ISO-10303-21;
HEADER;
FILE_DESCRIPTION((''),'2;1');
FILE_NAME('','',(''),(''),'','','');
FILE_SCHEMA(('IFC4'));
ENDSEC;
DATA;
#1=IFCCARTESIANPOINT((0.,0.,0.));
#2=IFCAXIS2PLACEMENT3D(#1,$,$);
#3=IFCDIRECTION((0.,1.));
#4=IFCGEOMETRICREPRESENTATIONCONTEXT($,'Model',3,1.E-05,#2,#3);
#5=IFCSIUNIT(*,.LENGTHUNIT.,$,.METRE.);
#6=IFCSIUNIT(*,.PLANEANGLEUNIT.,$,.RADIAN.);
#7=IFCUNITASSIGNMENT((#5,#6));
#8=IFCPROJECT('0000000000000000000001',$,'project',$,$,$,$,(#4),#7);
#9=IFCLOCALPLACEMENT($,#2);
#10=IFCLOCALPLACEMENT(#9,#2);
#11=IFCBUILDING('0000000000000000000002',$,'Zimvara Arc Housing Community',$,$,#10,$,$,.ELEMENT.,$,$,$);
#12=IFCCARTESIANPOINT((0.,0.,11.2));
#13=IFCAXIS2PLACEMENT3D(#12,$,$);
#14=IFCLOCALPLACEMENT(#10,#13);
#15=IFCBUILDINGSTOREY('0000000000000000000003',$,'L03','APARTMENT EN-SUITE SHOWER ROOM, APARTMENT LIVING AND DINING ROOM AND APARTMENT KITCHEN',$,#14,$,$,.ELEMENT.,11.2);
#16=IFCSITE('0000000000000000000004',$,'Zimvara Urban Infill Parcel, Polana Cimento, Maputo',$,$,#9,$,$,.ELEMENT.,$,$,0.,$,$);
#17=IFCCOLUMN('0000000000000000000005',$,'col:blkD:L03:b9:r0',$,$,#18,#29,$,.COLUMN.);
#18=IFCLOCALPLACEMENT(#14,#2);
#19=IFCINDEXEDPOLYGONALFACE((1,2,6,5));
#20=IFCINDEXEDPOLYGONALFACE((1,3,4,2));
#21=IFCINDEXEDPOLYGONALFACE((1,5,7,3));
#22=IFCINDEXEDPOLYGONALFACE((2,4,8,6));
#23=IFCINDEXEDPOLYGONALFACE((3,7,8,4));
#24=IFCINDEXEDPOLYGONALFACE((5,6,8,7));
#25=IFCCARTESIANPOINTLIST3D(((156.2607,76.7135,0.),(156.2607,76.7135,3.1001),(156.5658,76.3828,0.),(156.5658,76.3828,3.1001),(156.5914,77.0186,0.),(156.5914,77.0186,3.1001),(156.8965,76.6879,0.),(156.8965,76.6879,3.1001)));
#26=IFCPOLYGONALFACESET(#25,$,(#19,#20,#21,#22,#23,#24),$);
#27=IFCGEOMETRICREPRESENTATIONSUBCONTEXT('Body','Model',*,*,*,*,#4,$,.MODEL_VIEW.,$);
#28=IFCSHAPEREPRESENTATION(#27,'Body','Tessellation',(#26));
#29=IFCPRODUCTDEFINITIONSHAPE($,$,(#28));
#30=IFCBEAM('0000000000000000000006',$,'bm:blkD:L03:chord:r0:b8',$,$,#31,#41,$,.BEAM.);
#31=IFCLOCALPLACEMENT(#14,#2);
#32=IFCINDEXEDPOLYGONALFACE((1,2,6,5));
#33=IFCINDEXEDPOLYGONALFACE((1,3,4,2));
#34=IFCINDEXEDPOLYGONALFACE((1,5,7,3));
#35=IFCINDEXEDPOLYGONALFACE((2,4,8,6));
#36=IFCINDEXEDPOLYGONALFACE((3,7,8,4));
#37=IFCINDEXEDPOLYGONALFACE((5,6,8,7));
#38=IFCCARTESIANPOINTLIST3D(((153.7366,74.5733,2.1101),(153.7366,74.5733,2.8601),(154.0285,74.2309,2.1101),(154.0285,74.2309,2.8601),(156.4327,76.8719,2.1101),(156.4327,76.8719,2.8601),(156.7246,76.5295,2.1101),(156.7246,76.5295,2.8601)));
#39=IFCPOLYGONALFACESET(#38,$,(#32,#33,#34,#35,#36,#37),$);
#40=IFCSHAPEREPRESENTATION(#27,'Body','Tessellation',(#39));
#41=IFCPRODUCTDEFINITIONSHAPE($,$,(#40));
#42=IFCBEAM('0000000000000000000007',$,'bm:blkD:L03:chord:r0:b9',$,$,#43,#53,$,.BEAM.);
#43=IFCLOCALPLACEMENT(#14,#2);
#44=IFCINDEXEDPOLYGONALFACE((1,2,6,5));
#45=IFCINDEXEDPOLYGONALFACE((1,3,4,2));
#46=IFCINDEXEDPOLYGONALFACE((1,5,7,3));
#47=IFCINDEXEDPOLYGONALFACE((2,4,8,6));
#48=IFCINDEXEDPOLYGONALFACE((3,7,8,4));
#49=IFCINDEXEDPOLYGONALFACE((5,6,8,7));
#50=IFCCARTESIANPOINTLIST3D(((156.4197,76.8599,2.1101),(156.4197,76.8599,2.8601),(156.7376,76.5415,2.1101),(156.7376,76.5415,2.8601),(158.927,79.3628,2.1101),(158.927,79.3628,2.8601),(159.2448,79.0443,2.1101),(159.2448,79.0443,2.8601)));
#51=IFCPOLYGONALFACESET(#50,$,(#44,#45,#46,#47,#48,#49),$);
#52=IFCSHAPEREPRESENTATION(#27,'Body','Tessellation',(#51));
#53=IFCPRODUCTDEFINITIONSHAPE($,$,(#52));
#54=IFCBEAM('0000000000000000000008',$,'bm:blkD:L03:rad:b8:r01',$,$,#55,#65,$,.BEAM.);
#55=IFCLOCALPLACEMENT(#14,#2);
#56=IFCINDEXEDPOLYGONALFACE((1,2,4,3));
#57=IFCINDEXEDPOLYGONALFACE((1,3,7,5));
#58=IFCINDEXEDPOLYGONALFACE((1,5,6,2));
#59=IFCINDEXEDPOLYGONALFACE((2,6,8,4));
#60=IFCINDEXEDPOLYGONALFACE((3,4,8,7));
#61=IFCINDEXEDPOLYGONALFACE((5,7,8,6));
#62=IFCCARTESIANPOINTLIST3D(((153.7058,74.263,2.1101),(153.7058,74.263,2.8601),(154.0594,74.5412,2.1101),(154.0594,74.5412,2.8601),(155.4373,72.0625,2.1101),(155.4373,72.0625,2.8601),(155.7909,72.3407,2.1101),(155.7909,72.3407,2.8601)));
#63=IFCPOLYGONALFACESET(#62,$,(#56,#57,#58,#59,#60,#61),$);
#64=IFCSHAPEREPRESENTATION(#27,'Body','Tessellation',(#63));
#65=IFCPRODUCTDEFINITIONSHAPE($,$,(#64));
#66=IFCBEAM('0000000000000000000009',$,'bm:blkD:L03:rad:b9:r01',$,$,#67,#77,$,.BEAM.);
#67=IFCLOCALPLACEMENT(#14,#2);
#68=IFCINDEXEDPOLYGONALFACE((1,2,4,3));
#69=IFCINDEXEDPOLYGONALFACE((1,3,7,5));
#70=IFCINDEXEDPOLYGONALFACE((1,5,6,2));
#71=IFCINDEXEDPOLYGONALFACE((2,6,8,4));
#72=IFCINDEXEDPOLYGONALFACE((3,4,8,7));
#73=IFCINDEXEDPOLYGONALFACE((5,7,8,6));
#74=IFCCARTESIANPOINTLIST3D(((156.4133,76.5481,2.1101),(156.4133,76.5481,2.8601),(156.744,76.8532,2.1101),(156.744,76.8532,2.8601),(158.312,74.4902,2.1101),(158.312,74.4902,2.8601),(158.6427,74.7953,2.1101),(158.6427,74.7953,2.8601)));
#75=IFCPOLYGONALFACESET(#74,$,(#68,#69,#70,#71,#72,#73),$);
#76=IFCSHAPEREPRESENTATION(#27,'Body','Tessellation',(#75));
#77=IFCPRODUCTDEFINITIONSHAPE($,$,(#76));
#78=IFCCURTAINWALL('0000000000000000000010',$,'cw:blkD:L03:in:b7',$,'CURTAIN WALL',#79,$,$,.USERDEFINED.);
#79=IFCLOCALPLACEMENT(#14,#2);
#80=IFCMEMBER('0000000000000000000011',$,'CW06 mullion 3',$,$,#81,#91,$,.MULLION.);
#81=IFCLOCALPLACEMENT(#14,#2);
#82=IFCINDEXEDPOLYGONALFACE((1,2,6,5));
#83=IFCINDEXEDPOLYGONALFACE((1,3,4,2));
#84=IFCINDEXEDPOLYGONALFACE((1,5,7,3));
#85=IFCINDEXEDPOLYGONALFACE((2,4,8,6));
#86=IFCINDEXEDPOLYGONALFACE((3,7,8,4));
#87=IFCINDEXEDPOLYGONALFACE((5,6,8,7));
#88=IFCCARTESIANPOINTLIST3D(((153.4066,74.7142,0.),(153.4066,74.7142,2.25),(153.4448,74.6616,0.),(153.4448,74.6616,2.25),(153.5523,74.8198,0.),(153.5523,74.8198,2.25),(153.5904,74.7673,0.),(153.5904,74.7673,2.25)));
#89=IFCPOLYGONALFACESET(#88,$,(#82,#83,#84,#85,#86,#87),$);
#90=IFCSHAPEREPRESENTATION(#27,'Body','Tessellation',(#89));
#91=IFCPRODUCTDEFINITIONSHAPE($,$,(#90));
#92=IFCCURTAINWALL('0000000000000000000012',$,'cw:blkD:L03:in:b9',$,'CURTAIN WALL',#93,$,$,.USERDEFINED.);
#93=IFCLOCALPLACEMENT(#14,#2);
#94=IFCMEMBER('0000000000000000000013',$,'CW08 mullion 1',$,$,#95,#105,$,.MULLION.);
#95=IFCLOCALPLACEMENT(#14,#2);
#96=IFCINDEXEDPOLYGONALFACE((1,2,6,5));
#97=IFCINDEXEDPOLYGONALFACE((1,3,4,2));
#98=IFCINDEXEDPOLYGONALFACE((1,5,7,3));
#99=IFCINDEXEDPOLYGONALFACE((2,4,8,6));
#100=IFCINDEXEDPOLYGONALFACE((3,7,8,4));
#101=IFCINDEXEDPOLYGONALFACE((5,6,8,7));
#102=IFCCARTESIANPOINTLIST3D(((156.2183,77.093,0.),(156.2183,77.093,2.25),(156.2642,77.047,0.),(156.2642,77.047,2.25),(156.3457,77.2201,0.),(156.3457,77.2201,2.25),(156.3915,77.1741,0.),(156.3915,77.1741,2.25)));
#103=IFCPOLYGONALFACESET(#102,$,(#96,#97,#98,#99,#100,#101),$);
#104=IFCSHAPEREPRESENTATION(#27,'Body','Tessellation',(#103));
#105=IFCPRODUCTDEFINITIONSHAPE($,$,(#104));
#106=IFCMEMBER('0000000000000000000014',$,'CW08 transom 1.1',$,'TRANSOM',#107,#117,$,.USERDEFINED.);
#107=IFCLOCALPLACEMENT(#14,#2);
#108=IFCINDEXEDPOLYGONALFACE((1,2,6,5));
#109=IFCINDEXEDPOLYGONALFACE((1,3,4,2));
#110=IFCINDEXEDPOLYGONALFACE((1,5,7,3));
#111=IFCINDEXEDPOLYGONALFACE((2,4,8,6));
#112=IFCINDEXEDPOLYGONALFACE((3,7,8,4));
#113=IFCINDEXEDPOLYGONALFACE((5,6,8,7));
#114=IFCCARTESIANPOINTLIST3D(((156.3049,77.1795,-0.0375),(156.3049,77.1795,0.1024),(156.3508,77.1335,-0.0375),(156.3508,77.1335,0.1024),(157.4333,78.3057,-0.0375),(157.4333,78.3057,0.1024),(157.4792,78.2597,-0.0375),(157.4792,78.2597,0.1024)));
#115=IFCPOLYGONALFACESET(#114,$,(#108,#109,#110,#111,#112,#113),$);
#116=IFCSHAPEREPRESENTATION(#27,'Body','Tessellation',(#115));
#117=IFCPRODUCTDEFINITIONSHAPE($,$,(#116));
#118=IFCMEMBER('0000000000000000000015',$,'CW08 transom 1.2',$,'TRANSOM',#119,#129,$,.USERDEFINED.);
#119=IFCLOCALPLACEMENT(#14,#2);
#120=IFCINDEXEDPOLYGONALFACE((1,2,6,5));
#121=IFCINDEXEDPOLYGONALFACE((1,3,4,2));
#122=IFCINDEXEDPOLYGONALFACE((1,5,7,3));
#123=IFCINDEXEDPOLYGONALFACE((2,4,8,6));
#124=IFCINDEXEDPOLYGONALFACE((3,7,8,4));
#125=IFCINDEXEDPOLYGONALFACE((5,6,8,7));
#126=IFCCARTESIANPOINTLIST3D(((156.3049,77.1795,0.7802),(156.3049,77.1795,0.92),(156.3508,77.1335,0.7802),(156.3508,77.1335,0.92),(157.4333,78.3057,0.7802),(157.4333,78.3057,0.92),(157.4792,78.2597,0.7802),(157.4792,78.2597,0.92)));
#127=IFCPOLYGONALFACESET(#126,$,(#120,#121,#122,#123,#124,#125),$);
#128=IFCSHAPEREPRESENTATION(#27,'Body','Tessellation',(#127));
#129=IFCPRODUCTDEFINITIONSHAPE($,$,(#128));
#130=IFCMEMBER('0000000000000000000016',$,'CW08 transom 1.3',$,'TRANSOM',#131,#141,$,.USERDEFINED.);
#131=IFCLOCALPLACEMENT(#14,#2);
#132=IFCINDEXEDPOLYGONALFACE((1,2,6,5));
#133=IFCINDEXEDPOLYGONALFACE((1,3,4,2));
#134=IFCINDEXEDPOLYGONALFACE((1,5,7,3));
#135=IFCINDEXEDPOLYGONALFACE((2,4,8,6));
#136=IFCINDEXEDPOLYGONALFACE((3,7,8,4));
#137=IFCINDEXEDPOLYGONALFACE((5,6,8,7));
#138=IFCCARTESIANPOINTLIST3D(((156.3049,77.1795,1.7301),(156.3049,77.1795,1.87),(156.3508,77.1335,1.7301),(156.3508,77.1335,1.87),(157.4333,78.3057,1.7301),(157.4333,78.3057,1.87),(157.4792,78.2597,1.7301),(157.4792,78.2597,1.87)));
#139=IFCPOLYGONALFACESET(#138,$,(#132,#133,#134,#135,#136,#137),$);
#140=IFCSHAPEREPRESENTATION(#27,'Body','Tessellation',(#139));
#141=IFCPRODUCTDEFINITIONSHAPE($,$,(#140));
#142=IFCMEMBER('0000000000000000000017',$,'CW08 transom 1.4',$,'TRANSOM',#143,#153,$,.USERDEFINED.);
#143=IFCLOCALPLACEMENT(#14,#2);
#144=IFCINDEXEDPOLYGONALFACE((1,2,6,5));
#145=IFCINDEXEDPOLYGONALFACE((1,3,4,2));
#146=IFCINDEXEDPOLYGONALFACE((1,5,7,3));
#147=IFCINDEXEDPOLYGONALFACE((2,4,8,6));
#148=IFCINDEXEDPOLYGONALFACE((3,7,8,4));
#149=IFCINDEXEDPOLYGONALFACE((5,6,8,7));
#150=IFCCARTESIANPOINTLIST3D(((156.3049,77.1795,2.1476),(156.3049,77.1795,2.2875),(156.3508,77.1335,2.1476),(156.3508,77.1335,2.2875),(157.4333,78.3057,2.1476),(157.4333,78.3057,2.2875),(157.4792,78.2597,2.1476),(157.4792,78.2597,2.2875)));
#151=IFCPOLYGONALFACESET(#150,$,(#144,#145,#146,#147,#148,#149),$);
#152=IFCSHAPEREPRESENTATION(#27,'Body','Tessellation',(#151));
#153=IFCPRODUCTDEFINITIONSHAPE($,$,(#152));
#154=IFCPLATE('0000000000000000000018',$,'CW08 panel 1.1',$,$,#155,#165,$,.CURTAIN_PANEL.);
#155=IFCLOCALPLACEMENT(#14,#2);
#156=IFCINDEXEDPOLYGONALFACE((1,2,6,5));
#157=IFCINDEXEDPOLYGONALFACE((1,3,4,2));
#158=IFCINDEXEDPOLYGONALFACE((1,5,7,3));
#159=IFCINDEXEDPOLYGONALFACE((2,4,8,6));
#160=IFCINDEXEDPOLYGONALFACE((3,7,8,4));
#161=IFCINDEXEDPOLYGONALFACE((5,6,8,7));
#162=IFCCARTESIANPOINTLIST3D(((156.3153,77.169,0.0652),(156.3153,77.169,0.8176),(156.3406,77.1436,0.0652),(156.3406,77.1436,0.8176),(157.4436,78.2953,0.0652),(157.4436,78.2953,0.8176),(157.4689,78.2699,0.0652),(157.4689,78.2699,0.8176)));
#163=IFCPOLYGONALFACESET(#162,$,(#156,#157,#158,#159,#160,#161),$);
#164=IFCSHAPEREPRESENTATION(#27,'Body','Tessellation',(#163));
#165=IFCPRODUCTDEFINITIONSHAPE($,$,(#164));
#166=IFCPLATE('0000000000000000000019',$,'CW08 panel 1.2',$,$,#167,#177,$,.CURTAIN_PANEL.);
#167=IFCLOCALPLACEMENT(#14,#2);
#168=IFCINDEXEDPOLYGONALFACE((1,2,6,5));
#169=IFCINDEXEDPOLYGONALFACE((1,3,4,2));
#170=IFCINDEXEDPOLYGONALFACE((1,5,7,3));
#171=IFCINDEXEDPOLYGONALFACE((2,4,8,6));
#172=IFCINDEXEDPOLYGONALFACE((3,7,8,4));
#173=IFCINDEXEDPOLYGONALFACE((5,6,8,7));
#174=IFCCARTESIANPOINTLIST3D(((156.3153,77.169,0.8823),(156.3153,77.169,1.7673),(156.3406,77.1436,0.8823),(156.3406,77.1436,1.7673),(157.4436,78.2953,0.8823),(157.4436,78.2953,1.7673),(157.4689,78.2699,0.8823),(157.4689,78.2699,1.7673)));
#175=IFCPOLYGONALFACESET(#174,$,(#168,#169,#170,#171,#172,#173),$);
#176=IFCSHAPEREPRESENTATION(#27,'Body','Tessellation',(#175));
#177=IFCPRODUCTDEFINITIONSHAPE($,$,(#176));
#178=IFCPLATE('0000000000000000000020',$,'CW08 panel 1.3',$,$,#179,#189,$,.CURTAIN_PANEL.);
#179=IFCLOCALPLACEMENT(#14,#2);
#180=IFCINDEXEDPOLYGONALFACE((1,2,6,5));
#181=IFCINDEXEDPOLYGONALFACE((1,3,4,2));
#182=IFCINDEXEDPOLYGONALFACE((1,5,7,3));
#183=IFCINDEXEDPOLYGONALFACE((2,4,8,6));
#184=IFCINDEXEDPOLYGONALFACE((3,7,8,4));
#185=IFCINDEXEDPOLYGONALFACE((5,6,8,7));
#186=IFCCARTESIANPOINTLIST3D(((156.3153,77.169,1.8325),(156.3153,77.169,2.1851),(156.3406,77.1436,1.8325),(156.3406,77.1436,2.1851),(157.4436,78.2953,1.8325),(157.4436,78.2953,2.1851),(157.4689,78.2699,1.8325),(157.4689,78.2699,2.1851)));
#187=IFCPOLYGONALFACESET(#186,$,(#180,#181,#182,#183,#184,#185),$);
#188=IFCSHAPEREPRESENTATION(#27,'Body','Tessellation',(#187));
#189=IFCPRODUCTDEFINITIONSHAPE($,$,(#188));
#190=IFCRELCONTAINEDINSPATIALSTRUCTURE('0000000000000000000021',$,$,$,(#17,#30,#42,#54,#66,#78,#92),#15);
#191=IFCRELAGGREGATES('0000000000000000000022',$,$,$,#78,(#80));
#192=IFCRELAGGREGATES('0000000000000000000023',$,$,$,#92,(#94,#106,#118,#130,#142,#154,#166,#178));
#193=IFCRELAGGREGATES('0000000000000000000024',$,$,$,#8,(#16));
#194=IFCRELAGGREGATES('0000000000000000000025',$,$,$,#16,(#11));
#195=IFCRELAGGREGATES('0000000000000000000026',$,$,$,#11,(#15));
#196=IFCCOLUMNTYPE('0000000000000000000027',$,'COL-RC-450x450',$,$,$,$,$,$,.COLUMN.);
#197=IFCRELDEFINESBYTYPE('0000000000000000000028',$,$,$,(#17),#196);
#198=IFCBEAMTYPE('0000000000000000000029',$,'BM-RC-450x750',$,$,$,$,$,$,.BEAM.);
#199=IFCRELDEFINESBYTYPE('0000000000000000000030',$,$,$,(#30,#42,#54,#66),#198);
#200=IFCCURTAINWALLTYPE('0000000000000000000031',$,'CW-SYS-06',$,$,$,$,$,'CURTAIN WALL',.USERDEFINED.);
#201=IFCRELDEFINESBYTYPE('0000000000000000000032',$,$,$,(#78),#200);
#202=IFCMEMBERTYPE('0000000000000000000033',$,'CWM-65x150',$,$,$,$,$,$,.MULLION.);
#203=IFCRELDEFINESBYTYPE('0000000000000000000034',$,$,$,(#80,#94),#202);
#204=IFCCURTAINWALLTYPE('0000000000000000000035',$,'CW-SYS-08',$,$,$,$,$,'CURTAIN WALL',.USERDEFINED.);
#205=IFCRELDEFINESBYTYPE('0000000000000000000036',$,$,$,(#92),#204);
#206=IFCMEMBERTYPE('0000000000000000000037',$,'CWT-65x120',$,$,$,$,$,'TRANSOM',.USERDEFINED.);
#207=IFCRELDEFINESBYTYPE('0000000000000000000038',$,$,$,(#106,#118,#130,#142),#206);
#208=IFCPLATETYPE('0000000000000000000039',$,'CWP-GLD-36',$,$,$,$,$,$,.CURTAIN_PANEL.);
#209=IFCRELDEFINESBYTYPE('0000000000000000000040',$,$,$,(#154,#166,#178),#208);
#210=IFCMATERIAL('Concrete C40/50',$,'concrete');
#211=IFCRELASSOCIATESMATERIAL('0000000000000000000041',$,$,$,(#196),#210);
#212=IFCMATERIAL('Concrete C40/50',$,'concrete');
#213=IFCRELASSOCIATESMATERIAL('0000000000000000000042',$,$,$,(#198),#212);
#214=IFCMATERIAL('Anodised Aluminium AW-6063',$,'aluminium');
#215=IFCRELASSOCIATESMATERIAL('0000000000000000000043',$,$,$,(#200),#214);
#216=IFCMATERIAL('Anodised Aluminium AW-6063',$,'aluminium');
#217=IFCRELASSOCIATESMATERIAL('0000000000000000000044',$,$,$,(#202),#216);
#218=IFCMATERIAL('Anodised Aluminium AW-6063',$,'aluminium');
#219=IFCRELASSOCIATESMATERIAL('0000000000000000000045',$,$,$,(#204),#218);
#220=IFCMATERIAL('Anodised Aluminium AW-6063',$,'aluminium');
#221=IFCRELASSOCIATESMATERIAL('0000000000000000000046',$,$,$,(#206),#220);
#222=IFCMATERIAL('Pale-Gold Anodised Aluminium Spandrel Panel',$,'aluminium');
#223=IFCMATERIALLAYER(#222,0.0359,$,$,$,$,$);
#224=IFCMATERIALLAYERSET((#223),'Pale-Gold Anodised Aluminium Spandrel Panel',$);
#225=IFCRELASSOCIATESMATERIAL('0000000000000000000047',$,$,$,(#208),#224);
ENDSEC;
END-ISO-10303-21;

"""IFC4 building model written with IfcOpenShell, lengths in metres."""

from ifc_helpers import new_model, si_unit, direction, frame, origin, origin_2d, place, context, subcontext, project, spatial, rectangle, extrude, material, layer, layer_set, material_profile, profile_set, type_object, element, aggregate, save


model = new_model("IFC4")

# Units and contexts
model_context = context("Model", 3, precision=1e-05, world=origin(), true_north=direction((0.0, 1.0)))
body_context = subcontext(model_context, "Body", "Model", "MODEL_VIEW")
ifc_project = project(units=[si_unit("LENGTHUNIT", "METRE"), si_unit("PLANEANGLEUNIT", "RADIAN")], contexts=[model_context])

# Site, building, storey
site_placement = place(None, origin())
site = spatial("IfcSite", under=ifc_project, at=site_placement, Name="Zimvara Urban Infill Parcel, Polana Cimento, Maputo", CompositionType="ELEMENT", RefElevation=0.0)
building_placement = place(site_placement, origin())
building = spatial("IfcBuilding", under=site, at=building_placement, Name="Zimvara Arc Housing Community", CompositionType="ELEMENT")
storey_placement = place(building_placement, frame((0.0, 0.0, 11.2)))
storey = spatial("IfcBuildingStorey", under=building, at=storey_placement, Name="L03", Description="APARTMENT EN-SUITE SHOWER ROOM, APARTMENT LIVING AND DINING ROOM AND APARTMENT KITCHEN", CompositionType="ELEMENT", Elevation=11.2)

# Column
ifc_material_1 = material(Name="Concrete C40/50", Category="concrete")
ifc_material_profile_1 = material_profile(ifc_material_1, rectangle(XDim=0.45, YDim=0.45, at=origin_2d()), Name="RC 450x450")
ifc_profile_set_1 = profile_set([ifc_material_profile_1], Name="Concrete C40/50")
column_type = type_object("IfcColumnType", Name="COL-RC-450x450", PredefinedType="COLUMN", material=ifc_profile_set_1)
column_placement = place(storey_placement, frame((156.5786, 76.7007, 0.0), z_axis=(0.0, 0.0, 1.0), x_axis=(0.67816, -0.734915, 0.0)))
element("IfcColumn", 1, at=column_placement, inside=storey, type_object=column_type, Name="col:blkD:L03:b9:r0", PredefinedType="COLUMN", context=body_context, shape_type="SweptSolid", body=[
    extrude(rectangle(XDim=0.45, YDim=0.45, at=origin_2d()), origin(), (0.0, 0.0, 1.0), 3.1001),
])

# Beams
ifc_material_2 = material(Name="Concrete C40/50", Category="concrete")
ifc_material_profile_2 = material_profile(ifc_material_2, rectangle(XDim=0.45, YDim=0.75, at=origin_2d()), Name="RC 450x750")
ifc_profile_set_2 = profile_set([ifc_material_profile_2], Name="Concrete C40/50")
beam_type = type_object("IfcBeamType", Name="BM-RC-450x750", PredefinedType="BEAM", material=ifc_profile_set_2)
beam_1_placement = place(storey_placement, frame((153.8826, 74.4021, 2.4851), z_axis=(0.760971, 0.648786, 0.0), x_axis=(-0.648786, 0.760971, 0.0)))
element("IfcBeam", 2, at=beam_1_placement, inside=storey, type_object=beam_type, Name="bm:blkD:L03:chord:r0:b8", PredefinedType="BEAM", context=body_context, shape_type="SweptSolid", body=[
    extrude(rectangle(XDim=0.45, YDim=0.75, at=origin_2d()), origin(), (0.0, 0.0, 1.0), 3.543),
])
beam_2_placement = place(storey_placement, frame((156.5786, 76.7007, 2.4851), z_axis=(0.707727, 0.706486, 0.0), x_axis=(-0.706486, 0.707727, 0.0)))
element("IfcBeam", 3, at=beam_2_placement, inside=storey, type_object=beam_type, Name="bm:blkD:L03:chord:r0:b9", PredefinedType="BEAM", context=body_context, shape_type="SweptSolid", body=[
    extrude(rectangle(XDim=0.45, YDim=0.75, at=origin_2d()), origin(), (0.0, 0.0, 1.0), 3.5427),
])
for number, where, z_axis, x_axis, name in (
    (4, (153.8826, 74.4021, 2.4851), (0.61838, -0.785879, 0.0), (0.785879, 0.61838, 0.0), "bm:blkD:L03:rad:b8:r01"),
    (5, (156.5786, 76.7007, 2.4851), (0.67811, -0.734961, 0.0), (0.734961, 0.67811, 0.0), "bm:blkD:L03:rad:b9:r01"),
):
    element("IfcBeam", number, at=place(storey_placement, frame(where, z_axis=z_axis, x_axis=x_axis)), inside=storey, type_object=beam_type, Name=name, PredefinedType="BEAM", context=body_context, shape_type="SweptSolid", body=[
        extrude(rectangle(XDim=0.45, YDim=0.75, at=origin_2d()), origin(), (0.0, 0.0, 1.0), 2.8),
    ])

# Curtain wall, member
ifc_material_3 = material(Name="Anodised Aluminium AW-6063", Category="aluminium")
curtain_wall_type_1 = type_object("IfcCurtainWallType", Name="CW-SYS-06", ElementType="CURTAIN WALL", PredefinedType="USERDEFINED", material=ifc_material_3)
curtain_wall_1_placement = place(storey_placement, origin())
curtain_wall_1 = element("IfcCurtainWall", 6, at=curtain_wall_1_placement, inside=storey, type_object=curtain_wall_type_1, Name="cw:blkD:L03:in:b7", ObjectType="CURTAIN WALL", PredefinedType="USERDEFINED")
ifc_material_4 = material(Name="Anodised Aluminium AW-6063", Category="aluminium")
ifc_material_profile_3 = material_profile(ifc_material_4, rectangle(XDim=0.0649, YDim=0.1799, at=origin_2d()), Name="ALU 65x180")
ifc_profile_set_3 = profile_set([ifc_material_profile_3], Name="Anodised Aluminium AW-6063")
member_type_1 = type_object("IfcMemberType", Name="CWM-65x150", PredefinedType="MULLION", material=ifc_profile_set_3)
member_1_placement = place(storey_placement, frame((153.4985, 74.7407, 0.0), z_axis=(0.0, 0.0, 1.0), x_axis=(-0.587079, 0.809529, 0.0)))
member_1 = element("IfcMember", 7, at=member_1_placement, type_object=member_type_1, Name="CW06 mullion 3", PredefinedType="MULLION", context=body_context, shape_type="SweptSolid", body=[
    extrude(rectangle(XDim=0.0649, YDim=0.1799, at=origin_2d()), origin(), (0.0, 0.0, 1.0), 2.25),
])
aggregate(curtain_wall_1, [member_1])

# Curtain wall, members, plates
ifc_material_5 = material(Name="Anodised Aluminium AW-6063", Category="aluminium")
curtain_wall_type_2 = type_object("IfcCurtainWallType", Name="CW-SYS-08", ElementType="CURTAIN WALL", PredefinedType="USERDEFINED", material=ifc_material_5)
curtain_wall_2_placement = place(storey_placement, origin())
curtain_wall_2 = element("IfcCurtainWall", 8, at=curtain_wall_2_placement, inside=storey, type_object=curtain_wall_type_2, Name="cw:blkD:L03:in:b9", ObjectType="CURTAIN WALL", PredefinedType="USERDEFINED")
member_2_placement = place(storey_placement, frame((156.3049, 77.1335, 0.0), z_axis=(0.0, 0.0, 1.0), x_axis=(-0.70649, 0.707723, 0.0)))
member_2 = element("IfcMember", 9, at=member_2_placement, type_object=member_type_1, Name="CW08 mullion 1", PredefinedType="MULLION", context=body_context, shape_type="SweptSolid", body=[
    extrude(rectangle(XDim=0.0649, YDim=0.1799, at=origin_2d()), origin(), (0.0, 0.0, 1.0), 2.25),
])
ifc_material_6 = material(Name="Anodised Aluminium AW-6063", Category="aluminium")
ifc_material_profile_4 = material_profile(ifc_material_6, rectangle(XDim=0.0649, YDim=0.1399, at=origin_2d()), Name="ALU 65x140")
ifc_profile_set_4 = profile_set([ifc_material_profile_4], Name="Anodised Aluminium AW-6063")
member_type_2 = type_object("IfcMemberType", Name="CWT-65x120", ElementType="TRANSOM", PredefinedType="USERDEFINED", material=ifc_profile_set_4)
member_3_placement = place(storey_placement, frame((156.3279, 77.1565, 0.0325), z_axis=(0.707796, 0.706417, 0.0), x_axis=(-0.706417, 0.707796, 0.0)))
member_3 = element("IfcMember", 10, at=member_3_placement, type_object=member_type_2, Name="CW08 transom 1.1", ObjectType="TRANSOM", PredefinedType="USERDEFINED", context=body_context, shape_type="SweptSolid", body=[
    extrude(rectangle(XDim=0.0649, YDim=0.1399, at=origin_2d()), origin(), (0.0, 0.0, 1.0), 1.5942),
])
member_4_placement = place(storey_placement, frame((156.3279, 77.1565, 0.8501), z_axis=(0.707796, 0.706417, 0.0), x_axis=(-0.706417, 0.707796, 0.0)))
member_4 = element("IfcMember", 11, at=member_4_placement, type_object=member_type_2, Name="CW08 transom 1.2", ObjectType="TRANSOM", PredefinedType="USERDEFINED", context=body_context, shape_type="SweptSolid", body=[
    extrude(rectangle(XDim=0.0649, YDim=0.1399, at=origin_2d()), origin(), (0.0, 0.0, 1.0), 1.5942),
])
member_5_placement = place(storey_placement, frame((156.3279, 77.1565, 1.8), z_axis=(0.707796, 0.706417, 0.0), x_axis=(-0.706417, 0.707796, 0.0)))
member_5 = element("IfcMember", 12, at=member_5_placement, type_object=member_type_2, Name="CW08 transom 1.3", ObjectType="TRANSOM", PredefinedType="USERDEFINED", context=body_context, shape_type="SweptSolid", body=[
    extrude(rectangle(XDim=0.0649, YDim=0.1399, at=origin_2d()), origin(), (0.0, 0.0, 1.0), 1.5942),
])
member_6_placement = place(storey_placement, frame((156.3279, 77.1565, 2.2175), z_axis=(0.707796, 0.706417, 0.0), x_axis=(-0.706417, 0.707796, 0.0)))
member_6 = element("IfcMember", 13, at=member_6_placement, type_object=member_type_2, Name="CW08 transom 1.4", ObjectType="TRANSOM", PredefinedType="USERDEFINED", context=body_context, shape_type="SweptSolid", body=[
    extrude(rectangle(XDim=0.0649, YDim=0.1399, at=origin_2d()), origin(), (0.0, 0.0, 1.0), 1.5942),
])
ifc_material_7 = material(Name="Pale-Gold Anodised Aluminium Spandrel Panel", Category="aluminium")
ifc_layer_1 = layer(ifc_material_7, 0.0359)
ifc_layer_set_1 = layer_set([ifc_layer_1], Name="Pale-Gold Anodised Aluminium Spandrel Panel")
plate_type = type_object("IfcPlateType", Name="CWP-GLD-36", PredefinedType="CURTAIN_PANEL", material=ifc_layer_set_1)
plate_1_placement = place(storey_placement, frame((156.8921, 77.7195, 0.0652), z_axis=(0.0, 0.0, 1.0), x_axis=(0.707723, 0.70649, 0.0)))
plate_1 = element("IfcPlate", 14, at=plate_1_placement, type_object=plate_type, Name="CW08 panel 1.1", PredefinedType="CURTAIN_PANEL", context=body_context, shape_type="SweptSolid", body=[
    extrude(rectangle(XDim=1.5942, YDim=0.0359, at=origin_2d()), origin(), (0.0, 0.0, 1.0), 0.7524),
])
plate_2_placement = place(storey_placement, frame((156.8921, 77.7195, 0.8823), z_axis=(0.0, 0.0, 1.0), x_axis=(0.707723, 0.70649, 0.0)))
plate_2 = element("IfcPlate", 15, at=plate_2_placement, type_object=plate_type, Name="CW08 panel 1.2", PredefinedType="CURTAIN_PANEL", context=body_context, shape_type="SweptSolid", body=[
    extrude(rectangle(XDim=1.5942, YDim=0.0359, at=origin_2d()), origin(), (0.0, 0.0, 1.0), 0.885),
])
plate_3_placement = place(storey_placement, frame((156.8921, 77.7195, 1.8325), z_axis=(0.0, 0.0, 1.0), x_axis=(0.707723, 0.70649, 0.0)))
plate_3 = element("IfcPlate", 16, at=plate_3_placement, type_object=plate_type, Name="CW08 panel 1.3", PredefinedType="CURTAIN_PANEL", context=body_context, shape_type="SweptSolid", body=[
    extrude(rectangle(XDim=1.5942, YDim=0.0359, at=origin_2d()), origin(), (0.0, 0.0, 1.0), 0.3525),
])
aggregate(curtain_wall_2, [member_2, member_3, member_4, member_5, member_6, plate_1, plate_2, plate_3])

save(model, "model.ifc")
